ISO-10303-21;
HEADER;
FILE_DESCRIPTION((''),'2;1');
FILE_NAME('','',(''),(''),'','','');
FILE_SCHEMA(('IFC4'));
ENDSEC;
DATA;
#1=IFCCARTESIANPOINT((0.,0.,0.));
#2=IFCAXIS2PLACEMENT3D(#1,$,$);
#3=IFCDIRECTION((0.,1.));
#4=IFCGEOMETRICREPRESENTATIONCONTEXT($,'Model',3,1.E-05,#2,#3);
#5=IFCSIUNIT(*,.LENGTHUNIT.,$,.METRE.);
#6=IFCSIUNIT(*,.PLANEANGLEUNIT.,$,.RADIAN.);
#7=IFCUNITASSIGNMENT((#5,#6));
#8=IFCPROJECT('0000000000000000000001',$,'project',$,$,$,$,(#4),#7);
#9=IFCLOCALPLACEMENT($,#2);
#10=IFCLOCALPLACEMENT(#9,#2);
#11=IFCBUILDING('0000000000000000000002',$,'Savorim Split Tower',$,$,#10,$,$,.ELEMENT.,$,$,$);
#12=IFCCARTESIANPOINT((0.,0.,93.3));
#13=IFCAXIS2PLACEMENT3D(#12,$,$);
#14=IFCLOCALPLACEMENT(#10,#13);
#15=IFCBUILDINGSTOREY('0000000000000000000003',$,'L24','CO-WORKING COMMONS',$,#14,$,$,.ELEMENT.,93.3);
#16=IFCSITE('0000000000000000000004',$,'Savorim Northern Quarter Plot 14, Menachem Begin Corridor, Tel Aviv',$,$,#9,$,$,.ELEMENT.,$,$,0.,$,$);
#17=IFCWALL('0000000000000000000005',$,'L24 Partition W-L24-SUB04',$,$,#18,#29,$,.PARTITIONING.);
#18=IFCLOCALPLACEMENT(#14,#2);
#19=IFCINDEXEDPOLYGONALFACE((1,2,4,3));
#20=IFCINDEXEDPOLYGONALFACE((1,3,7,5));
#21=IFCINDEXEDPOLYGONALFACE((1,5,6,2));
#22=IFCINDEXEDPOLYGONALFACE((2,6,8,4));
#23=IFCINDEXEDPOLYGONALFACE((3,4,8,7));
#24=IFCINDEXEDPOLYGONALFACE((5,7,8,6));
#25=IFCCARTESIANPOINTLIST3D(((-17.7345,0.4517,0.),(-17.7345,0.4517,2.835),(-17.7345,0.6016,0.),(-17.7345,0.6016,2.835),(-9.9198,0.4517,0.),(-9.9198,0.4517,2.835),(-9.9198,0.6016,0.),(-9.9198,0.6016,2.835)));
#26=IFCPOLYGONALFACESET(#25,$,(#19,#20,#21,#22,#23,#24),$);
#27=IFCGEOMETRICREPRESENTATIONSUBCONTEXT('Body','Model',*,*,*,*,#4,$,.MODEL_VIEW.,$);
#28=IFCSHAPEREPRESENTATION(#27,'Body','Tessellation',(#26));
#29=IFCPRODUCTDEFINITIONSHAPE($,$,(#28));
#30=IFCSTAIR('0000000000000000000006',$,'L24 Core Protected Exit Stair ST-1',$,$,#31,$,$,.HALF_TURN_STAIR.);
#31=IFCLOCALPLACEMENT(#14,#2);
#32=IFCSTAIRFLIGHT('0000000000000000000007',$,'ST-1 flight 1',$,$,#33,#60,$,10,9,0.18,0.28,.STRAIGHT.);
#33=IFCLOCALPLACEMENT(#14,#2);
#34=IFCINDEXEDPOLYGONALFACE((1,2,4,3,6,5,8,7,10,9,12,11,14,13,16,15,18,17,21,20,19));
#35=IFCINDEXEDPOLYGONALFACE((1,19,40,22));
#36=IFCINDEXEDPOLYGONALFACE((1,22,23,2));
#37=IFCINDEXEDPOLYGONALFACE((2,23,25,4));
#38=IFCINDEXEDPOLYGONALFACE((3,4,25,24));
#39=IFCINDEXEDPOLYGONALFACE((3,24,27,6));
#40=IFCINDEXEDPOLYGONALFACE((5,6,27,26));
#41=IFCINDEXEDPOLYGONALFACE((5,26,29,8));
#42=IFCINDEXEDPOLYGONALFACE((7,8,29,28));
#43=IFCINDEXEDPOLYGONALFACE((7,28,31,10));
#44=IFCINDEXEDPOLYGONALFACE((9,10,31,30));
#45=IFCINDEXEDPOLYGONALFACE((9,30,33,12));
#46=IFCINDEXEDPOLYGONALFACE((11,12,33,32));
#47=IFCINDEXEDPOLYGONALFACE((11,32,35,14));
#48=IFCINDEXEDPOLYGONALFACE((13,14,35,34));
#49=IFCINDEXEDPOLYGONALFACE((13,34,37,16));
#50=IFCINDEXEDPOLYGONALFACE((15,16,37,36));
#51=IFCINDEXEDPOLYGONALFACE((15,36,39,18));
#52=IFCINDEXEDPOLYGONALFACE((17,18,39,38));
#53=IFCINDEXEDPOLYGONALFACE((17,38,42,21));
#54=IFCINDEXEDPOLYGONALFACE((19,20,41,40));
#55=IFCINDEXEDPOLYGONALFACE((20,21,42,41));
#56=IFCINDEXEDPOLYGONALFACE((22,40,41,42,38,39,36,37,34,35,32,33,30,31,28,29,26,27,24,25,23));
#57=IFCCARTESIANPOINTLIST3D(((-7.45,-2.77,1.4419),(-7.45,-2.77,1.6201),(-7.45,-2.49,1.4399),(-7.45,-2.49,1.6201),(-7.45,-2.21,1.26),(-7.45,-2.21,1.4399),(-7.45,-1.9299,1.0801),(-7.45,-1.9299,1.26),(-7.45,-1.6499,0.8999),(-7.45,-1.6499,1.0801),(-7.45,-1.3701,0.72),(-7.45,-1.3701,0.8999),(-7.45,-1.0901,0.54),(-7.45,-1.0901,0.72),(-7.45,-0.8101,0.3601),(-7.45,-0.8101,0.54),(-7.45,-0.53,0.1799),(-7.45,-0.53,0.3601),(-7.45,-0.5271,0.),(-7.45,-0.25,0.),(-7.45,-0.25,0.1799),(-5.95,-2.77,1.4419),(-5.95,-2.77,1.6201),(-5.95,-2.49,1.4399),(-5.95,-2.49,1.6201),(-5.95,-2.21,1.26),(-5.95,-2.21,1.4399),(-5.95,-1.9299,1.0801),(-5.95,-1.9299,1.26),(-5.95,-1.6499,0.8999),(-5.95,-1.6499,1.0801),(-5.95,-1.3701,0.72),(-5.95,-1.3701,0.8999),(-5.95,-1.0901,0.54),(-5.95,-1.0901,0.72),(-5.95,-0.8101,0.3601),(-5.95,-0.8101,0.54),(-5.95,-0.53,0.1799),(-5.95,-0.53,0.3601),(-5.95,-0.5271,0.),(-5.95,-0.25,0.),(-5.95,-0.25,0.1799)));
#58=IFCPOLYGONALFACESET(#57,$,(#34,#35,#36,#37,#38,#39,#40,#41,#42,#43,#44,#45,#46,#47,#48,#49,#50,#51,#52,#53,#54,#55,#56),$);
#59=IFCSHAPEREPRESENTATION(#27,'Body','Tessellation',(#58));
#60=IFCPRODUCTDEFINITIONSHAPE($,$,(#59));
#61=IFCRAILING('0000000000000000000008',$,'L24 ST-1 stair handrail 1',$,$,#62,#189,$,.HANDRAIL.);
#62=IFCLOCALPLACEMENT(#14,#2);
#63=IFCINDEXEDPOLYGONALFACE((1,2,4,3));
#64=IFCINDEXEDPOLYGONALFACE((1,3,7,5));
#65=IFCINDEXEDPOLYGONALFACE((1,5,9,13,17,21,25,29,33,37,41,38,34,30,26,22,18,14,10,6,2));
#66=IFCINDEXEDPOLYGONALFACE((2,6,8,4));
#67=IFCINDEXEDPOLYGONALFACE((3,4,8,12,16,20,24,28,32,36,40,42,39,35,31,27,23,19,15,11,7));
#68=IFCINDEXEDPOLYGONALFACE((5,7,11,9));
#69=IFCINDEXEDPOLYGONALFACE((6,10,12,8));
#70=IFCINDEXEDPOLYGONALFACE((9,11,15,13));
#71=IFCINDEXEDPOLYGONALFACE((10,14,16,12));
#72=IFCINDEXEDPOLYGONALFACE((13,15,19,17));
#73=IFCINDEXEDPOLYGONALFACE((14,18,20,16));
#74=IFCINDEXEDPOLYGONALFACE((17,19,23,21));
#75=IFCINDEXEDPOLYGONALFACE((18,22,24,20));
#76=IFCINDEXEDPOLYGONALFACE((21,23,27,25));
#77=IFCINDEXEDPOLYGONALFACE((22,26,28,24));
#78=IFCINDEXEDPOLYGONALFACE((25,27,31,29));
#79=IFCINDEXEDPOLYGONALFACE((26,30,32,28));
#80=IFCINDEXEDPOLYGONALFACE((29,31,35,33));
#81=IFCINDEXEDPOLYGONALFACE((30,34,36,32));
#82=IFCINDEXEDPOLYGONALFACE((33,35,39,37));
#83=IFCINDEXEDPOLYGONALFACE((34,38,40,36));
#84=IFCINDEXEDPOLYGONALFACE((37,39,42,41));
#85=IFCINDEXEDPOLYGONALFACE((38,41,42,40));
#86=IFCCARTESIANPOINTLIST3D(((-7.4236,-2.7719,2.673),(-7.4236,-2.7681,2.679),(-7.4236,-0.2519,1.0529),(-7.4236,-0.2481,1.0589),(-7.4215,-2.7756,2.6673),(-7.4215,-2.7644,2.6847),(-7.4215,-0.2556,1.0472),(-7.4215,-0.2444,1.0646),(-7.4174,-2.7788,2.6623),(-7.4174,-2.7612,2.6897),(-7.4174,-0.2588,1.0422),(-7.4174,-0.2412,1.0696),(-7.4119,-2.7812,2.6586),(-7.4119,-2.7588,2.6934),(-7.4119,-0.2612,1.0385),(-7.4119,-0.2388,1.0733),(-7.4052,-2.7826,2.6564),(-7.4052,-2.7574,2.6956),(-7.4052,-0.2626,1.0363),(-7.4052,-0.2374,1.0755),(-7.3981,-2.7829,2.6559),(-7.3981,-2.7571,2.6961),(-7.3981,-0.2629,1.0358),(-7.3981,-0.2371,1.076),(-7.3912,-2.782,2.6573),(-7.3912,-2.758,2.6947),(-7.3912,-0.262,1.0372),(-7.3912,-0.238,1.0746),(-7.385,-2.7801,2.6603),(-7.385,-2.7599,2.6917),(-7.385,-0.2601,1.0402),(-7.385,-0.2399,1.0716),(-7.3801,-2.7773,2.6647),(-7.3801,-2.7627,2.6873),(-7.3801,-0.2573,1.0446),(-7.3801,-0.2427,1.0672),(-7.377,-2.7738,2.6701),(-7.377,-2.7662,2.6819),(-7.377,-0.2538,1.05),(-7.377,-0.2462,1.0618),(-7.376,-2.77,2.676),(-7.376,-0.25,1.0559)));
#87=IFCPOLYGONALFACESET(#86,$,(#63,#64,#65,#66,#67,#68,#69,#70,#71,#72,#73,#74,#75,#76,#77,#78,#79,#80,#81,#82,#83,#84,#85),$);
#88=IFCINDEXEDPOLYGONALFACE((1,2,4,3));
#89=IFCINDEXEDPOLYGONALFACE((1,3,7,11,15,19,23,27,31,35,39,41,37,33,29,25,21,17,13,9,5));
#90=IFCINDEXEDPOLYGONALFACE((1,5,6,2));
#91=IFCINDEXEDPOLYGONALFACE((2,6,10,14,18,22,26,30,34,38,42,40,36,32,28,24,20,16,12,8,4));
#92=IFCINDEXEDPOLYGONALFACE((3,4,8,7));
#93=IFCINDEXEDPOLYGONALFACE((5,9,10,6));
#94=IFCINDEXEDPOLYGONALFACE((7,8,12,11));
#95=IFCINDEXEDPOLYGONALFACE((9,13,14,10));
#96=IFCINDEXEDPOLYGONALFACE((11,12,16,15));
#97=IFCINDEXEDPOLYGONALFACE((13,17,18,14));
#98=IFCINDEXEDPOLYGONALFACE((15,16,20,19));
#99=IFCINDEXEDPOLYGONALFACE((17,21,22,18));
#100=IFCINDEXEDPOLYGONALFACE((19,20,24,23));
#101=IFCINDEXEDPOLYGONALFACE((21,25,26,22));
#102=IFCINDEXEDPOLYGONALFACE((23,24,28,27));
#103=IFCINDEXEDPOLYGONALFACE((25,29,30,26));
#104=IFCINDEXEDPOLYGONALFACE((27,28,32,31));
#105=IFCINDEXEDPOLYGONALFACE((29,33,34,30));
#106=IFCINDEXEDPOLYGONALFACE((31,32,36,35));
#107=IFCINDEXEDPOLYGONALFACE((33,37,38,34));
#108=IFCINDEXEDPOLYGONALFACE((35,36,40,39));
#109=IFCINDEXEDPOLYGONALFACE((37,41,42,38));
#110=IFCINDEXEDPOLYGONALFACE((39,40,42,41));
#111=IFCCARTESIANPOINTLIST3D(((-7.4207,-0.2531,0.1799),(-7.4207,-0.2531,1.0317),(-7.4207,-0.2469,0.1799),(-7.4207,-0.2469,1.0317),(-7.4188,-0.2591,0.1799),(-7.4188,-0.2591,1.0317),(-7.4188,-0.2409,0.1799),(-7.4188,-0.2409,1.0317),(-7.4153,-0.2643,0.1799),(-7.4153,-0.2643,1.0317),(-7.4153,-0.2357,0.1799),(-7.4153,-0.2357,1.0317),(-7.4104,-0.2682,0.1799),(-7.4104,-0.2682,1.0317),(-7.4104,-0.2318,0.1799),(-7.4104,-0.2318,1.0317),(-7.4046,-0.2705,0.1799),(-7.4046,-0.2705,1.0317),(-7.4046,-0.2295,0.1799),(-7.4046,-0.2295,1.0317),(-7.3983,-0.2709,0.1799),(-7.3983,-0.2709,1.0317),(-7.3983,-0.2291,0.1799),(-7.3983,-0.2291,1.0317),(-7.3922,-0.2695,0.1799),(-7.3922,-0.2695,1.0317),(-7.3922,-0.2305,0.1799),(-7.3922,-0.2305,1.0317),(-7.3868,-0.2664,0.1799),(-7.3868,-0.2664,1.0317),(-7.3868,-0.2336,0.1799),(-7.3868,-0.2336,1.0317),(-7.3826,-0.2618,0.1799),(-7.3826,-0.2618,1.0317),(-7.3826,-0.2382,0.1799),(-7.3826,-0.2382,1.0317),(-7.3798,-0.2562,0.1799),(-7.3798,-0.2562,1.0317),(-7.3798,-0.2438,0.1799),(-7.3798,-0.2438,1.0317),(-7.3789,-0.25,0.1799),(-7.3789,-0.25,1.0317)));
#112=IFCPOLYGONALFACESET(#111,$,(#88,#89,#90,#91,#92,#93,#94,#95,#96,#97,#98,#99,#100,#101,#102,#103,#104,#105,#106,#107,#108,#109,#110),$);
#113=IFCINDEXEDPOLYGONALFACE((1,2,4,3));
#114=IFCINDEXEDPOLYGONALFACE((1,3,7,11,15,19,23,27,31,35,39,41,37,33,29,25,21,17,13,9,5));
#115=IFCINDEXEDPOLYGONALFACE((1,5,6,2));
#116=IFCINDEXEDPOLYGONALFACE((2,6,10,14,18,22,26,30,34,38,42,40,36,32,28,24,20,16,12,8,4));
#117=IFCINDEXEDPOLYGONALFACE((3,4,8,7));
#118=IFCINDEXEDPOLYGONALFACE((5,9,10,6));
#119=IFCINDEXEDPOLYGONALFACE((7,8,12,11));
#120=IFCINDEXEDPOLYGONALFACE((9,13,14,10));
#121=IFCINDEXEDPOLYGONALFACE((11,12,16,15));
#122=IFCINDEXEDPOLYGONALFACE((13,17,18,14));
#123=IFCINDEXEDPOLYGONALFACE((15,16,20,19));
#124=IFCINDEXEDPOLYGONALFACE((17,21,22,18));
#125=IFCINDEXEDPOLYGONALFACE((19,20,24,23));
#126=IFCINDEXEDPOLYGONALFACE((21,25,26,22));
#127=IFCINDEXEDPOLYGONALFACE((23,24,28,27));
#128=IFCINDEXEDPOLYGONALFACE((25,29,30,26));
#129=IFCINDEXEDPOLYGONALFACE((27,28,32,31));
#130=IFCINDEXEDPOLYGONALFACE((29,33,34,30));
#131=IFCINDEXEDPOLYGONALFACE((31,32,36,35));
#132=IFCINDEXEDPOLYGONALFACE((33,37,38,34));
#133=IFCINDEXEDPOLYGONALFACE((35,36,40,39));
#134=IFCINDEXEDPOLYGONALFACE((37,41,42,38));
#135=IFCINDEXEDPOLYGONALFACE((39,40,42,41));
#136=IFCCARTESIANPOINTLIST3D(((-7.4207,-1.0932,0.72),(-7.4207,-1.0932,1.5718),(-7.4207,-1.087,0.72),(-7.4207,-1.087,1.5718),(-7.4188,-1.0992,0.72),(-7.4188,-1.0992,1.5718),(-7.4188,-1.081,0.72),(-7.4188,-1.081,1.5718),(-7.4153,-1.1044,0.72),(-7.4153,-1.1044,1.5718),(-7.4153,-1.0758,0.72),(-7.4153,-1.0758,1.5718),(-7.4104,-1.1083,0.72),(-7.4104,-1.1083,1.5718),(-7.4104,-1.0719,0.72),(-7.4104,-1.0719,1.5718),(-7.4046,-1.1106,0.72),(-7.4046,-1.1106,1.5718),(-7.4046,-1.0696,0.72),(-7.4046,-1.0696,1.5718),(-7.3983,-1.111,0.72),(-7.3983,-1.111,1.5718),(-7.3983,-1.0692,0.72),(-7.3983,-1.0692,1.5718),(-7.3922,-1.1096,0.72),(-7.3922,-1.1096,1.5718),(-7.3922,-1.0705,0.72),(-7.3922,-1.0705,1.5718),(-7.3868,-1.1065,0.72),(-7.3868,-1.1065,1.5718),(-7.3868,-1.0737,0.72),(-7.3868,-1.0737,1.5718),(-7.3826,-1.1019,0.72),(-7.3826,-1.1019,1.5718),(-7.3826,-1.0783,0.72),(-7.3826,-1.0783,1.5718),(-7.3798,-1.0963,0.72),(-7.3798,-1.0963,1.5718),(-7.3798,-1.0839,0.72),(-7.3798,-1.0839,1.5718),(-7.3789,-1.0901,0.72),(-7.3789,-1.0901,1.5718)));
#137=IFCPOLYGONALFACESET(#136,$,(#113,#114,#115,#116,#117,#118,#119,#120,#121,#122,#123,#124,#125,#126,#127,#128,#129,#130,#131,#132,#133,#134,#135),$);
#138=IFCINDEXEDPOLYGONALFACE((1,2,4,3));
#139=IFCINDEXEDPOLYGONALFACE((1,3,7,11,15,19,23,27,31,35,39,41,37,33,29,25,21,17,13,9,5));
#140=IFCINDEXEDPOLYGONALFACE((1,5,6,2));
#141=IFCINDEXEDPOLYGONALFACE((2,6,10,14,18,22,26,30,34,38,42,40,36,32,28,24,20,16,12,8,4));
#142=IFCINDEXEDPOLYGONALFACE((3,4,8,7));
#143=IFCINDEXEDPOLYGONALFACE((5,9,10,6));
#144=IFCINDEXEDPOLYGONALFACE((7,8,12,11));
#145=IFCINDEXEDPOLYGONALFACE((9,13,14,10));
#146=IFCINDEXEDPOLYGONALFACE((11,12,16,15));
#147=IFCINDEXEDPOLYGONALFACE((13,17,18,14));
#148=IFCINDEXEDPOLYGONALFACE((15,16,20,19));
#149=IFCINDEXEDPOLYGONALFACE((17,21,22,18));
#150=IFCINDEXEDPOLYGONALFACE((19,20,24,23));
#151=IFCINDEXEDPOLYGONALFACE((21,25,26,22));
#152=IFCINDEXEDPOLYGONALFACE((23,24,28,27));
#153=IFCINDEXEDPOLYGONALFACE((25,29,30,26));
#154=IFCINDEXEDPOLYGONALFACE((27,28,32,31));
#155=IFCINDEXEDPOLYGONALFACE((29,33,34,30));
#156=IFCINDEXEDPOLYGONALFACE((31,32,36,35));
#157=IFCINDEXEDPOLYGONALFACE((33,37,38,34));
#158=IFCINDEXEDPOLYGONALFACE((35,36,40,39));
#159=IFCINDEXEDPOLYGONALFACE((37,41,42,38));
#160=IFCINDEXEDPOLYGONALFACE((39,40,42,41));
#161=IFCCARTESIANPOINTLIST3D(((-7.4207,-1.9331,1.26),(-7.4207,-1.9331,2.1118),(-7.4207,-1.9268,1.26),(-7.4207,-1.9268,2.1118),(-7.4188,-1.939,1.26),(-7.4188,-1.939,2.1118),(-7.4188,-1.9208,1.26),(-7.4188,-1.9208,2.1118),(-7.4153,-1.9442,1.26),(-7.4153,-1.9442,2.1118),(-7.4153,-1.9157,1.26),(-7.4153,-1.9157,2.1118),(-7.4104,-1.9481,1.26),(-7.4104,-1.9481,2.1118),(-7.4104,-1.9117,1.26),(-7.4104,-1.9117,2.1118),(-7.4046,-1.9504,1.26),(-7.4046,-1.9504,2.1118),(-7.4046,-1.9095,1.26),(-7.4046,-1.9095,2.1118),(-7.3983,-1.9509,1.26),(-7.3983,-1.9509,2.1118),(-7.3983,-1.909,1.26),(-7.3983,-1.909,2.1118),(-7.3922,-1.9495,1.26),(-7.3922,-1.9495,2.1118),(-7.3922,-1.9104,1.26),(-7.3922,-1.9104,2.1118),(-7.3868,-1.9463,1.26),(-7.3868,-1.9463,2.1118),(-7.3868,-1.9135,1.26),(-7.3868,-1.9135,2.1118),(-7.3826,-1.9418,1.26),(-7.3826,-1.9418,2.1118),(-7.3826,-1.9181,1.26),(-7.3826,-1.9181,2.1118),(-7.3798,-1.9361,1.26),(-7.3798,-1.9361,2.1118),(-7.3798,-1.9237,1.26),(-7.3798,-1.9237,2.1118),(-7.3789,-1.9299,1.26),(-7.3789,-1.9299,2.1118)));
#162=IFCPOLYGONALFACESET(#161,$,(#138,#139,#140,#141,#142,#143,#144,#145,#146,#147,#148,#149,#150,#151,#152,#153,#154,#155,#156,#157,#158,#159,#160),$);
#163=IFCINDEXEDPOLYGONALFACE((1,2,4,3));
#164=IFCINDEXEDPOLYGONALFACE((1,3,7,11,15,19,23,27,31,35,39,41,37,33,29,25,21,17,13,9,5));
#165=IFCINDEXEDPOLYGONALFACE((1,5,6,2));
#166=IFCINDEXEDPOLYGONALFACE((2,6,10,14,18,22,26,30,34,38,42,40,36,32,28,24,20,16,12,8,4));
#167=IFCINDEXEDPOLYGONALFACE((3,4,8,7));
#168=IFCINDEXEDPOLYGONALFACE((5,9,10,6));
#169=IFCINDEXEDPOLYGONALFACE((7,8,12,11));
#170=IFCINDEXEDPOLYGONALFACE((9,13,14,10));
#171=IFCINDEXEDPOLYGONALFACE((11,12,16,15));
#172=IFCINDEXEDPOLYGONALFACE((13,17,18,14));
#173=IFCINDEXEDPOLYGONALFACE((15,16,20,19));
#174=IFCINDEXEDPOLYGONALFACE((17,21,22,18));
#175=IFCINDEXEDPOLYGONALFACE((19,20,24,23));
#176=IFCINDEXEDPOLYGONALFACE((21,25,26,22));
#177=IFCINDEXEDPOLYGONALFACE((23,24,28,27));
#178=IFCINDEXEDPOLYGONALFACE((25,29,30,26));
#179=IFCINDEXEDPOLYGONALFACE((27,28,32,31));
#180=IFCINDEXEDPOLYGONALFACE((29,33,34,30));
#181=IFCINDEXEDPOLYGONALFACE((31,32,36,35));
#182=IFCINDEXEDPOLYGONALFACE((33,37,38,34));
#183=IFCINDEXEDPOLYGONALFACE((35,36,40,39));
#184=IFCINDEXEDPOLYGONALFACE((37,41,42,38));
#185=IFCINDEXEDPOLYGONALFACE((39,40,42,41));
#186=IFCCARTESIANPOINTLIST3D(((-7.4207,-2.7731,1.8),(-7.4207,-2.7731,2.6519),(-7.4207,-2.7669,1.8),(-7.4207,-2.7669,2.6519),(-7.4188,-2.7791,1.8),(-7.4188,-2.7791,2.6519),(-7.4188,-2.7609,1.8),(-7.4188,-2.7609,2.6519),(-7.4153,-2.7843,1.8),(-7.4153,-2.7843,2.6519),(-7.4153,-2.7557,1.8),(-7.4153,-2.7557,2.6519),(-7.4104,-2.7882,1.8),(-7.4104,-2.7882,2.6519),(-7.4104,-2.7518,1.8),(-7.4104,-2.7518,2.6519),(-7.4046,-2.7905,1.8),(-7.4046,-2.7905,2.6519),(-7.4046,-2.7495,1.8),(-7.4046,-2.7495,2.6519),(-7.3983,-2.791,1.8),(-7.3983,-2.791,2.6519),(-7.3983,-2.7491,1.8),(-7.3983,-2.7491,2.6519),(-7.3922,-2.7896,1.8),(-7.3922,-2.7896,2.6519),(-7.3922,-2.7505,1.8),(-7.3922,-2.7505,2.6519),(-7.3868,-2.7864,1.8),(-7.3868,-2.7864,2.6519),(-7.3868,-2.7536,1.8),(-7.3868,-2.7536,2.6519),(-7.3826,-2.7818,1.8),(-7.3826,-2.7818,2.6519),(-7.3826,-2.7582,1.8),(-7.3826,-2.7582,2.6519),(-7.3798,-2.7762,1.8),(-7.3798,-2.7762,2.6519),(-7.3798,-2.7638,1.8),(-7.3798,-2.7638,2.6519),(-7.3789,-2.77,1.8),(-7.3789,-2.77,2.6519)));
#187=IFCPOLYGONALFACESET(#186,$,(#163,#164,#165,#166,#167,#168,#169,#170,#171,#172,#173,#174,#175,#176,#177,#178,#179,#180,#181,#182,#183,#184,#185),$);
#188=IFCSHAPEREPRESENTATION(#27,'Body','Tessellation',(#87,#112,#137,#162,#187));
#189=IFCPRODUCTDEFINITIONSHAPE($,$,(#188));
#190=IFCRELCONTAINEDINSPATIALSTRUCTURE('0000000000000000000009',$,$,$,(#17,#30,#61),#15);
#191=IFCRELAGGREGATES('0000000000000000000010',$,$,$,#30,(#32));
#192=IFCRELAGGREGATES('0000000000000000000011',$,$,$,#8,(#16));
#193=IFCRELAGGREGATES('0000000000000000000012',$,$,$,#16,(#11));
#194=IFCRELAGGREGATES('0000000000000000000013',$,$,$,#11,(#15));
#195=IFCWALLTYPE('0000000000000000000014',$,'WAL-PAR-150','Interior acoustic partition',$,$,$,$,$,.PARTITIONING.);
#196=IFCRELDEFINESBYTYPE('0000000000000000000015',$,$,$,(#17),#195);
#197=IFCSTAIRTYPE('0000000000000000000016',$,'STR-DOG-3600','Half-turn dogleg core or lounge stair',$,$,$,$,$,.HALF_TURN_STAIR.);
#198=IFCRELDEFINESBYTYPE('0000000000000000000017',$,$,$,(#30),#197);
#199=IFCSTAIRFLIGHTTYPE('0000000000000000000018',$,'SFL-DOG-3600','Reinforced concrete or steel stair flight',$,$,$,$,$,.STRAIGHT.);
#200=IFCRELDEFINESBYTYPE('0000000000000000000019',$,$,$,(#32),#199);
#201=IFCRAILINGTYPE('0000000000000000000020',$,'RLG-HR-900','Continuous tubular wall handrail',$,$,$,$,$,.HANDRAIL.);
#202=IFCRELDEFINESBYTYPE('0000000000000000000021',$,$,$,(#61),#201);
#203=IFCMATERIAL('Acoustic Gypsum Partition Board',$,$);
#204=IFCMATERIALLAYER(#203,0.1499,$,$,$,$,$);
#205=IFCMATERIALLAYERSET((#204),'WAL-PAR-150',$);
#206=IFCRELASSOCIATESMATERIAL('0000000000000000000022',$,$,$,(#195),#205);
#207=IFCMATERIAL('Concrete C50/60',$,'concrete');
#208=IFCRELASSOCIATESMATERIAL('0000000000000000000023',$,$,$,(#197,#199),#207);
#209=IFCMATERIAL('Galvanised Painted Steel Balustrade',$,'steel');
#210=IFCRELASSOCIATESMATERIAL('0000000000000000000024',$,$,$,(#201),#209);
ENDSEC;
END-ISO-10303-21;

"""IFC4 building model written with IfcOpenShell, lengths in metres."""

from ifc_helpers import new_model, si_unit, direction, frame, frame_2d, origin, origin_2d, place, context, subcontext, project, spatial, polyline, rectangle, circle, outline, extrude, material, layer, layer_set, type_object, element, aggregate, save


model = new_model("IFC4")

# Units and contexts
model_context = context("Model", 3, precision=1e-05, world=origin(), true_north=direction((0.0, 1.0)))
body_context = subcontext(model_context, "Body", "Model", "MODEL_VIEW")
ifc_project = project(units=[si_unit("LENGTHUNIT", "METRE"), si_unit("PLANEANGLEUNIT", "RADIAN")], contexts=[model_context])

# Site, building, storey
site_placement = place(None, origin())
site = spatial("IfcSite", under=ifc_project, at=site_placement, Name="Savorim Northern Quarter Plot 14, Menachem Begin Corridor, Tel Aviv", CompositionType="ELEMENT", RefElevation=0.0)
building_placement = place(site_placement, origin())
building = spatial("IfcBuilding", under=site, at=building_placement, Name="Savorim Split Tower", CompositionType="ELEMENT")
storey_placement = place(building_placement, frame((0.0, 0.0, 93.3)))
storey = spatial("IfcBuildingStorey", under=building, at=storey_placement, Name="L24", Description="CO-WORKING COMMONS", CompositionType="ELEMENT", Elevation=93.3)

# Shared definitions
ifc_material_1 = material(Name="Concrete C50/60", Category="concrete")

# Wall
ifc_material_2 = material(Name="Acoustic Gypsum Partition Board")
ifc_layer_1 = layer(ifc_material_2, 0.1499)
ifc_layer_set_1 = layer_set([ifc_layer_1], Name="WAL-PAR-150")
wall_type_1 = type_object("IfcWallType", Name="WAL-PAR-150", Description="Interior acoustic partition", PredefinedType="PARTITIONING", material=ifc_layer_set_1)
wall_1_placement = place(storey_placement, frame((-9.9199, 0.5266, 0.0), z_axis=(0.0, 0.0, 1.0), x_axis=(-1.0, 0.0, 0.0)))
element("IfcWall", 1, at=wall_1_placement, inside=storey, type_object=wall_type_1, Name="L24 Partition W-L24-SUB04", PredefinedType="PARTITIONING", context=body_context, shape_type="SweptSolid", body=[
    extrude(rectangle(XDim=7.8147, YDim=0.1499, at=frame_2d((3.9072, 0.0))), origin(), (0.0, 0.0, 1.0), 2.835),
])

# Stair, stair flight
stair_type = type_object("IfcStairType", Name="STR-DOG-3600", Description="Half-turn dogleg core or lounge stair", PredefinedType="HALF_TURN_STAIR", material=ifc_material_1)
stair_placement = place(storey_placement, origin())
stair = element("IfcStair", 2, at=stair_placement, inside=storey, type_object=stair_type, Name="L24 Core Protected Exit Stair ST-1", PredefinedType="HALF_TURN_STAIR")
stair_flight_type = type_object("IfcStairFlightType", Name="SFL-DOG-3600", Description="Reinforced concrete or steel stair flight", PredefinedType="STRAIGHT", material=ifc_material_1)
stair_flight_placement = place(storey_placement, frame((-6.7, -0.25, 0.0), z_axis=(0.0, 0.0, 1.0), x_axis=(0.0, -1.0, 0.0)))
stair_flight = element("IfcStairFlight", 3, at=stair_flight_placement, type_object=stair_flight_type, Name="ST-1 flight 1", NumberOfRisers=10, NumberOfTreads=9, PredefinedType="STRAIGHT", RiserHeight=0.18, TreadLength=0.28, context=body_context, shape_type="SweptSolid", body=[
    extrude(outline(polyline([(0.0, 0.0), (0.0, 0.1799), (0.28, 0.1799), (0.28, 0.3601), (0.5601, 0.3601), (0.5601, 0.54), (0.8401, 0.54), (0.8401, 0.72), (1.1201, 0.72), (1.1201, 0.8999), (1.3999, 0.8999), (1.3999, 1.0801), (1.6799, 1.0801), (1.6799, 1.26), (1.96, 1.26), (1.96, 1.4399), (2.24, 1.4399), (2.24, 1.6201), (2.52, 1.6201), (2.52, 1.8), (2.52, 1.4419), (0.2771, 0.0), (0.0, 0.0)])), frame((0.0, 0.75, 0.0), z_axis=(0.0, -1.0, 0.0), x_axis=(1.0, 0.0, 0.0)), (0.0, 0.0, 1.0), 1.5),
])
aggregate(stair, [stair_flight])

# Railing
ifc_material_3 = material(Name="Galvanised Painted Steel Balustrade", Category="steel")
railing_type_1 = type_object("IfcRailingType", Name="RLG-HR-900", Description="Continuous tubular wall handrail", PredefinedType="HANDRAIL", material=ifc_material_3)
railing_1_placement = place(storey_placement, frame((-7.3999, -0.25, 0.1799)))
element("IfcRailing", 4, at=railing_1_placement, inside=storey, type_object=railing_type_1, Name="L24 ST-1 stair handrail 1", PredefinedType="HANDRAIL", context=body_context, shape_type="SweptSolid", body=[
    extrude(circle(Radius=0.0239, at=origin_2d()), frame((0.0, 0.0, 0.876), z_axis=(0.0, -0.841163, 0.540782), x_axis=(1.0, 0.0, 0.0)), (0.0, 0.0, 1.0), 2.9958),
    extrude(circle(Radius=0.021, at=origin_2d()), origin(), (0.0, 0.0, 1.0), 0.8518),
    extrude(circle(Radius=0.021, at=origin_2d()), frame((0.0, -0.8401, 0.54)), (0.0, 0.0, 1.0), 0.8518),
    extrude(circle(Radius=0.021, at=origin_2d()), frame((0.0, -1.6799, 1.0801)), (0.0, 0.0, 1.0), 0.8518),
    extrude(circle(Radius=0.021, at=origin_2d()), frame((0.0, -2.52, 1.6201)), (0.0, 0.0, 1.0), 0.8518),
])

save(model, "model.ifc")
